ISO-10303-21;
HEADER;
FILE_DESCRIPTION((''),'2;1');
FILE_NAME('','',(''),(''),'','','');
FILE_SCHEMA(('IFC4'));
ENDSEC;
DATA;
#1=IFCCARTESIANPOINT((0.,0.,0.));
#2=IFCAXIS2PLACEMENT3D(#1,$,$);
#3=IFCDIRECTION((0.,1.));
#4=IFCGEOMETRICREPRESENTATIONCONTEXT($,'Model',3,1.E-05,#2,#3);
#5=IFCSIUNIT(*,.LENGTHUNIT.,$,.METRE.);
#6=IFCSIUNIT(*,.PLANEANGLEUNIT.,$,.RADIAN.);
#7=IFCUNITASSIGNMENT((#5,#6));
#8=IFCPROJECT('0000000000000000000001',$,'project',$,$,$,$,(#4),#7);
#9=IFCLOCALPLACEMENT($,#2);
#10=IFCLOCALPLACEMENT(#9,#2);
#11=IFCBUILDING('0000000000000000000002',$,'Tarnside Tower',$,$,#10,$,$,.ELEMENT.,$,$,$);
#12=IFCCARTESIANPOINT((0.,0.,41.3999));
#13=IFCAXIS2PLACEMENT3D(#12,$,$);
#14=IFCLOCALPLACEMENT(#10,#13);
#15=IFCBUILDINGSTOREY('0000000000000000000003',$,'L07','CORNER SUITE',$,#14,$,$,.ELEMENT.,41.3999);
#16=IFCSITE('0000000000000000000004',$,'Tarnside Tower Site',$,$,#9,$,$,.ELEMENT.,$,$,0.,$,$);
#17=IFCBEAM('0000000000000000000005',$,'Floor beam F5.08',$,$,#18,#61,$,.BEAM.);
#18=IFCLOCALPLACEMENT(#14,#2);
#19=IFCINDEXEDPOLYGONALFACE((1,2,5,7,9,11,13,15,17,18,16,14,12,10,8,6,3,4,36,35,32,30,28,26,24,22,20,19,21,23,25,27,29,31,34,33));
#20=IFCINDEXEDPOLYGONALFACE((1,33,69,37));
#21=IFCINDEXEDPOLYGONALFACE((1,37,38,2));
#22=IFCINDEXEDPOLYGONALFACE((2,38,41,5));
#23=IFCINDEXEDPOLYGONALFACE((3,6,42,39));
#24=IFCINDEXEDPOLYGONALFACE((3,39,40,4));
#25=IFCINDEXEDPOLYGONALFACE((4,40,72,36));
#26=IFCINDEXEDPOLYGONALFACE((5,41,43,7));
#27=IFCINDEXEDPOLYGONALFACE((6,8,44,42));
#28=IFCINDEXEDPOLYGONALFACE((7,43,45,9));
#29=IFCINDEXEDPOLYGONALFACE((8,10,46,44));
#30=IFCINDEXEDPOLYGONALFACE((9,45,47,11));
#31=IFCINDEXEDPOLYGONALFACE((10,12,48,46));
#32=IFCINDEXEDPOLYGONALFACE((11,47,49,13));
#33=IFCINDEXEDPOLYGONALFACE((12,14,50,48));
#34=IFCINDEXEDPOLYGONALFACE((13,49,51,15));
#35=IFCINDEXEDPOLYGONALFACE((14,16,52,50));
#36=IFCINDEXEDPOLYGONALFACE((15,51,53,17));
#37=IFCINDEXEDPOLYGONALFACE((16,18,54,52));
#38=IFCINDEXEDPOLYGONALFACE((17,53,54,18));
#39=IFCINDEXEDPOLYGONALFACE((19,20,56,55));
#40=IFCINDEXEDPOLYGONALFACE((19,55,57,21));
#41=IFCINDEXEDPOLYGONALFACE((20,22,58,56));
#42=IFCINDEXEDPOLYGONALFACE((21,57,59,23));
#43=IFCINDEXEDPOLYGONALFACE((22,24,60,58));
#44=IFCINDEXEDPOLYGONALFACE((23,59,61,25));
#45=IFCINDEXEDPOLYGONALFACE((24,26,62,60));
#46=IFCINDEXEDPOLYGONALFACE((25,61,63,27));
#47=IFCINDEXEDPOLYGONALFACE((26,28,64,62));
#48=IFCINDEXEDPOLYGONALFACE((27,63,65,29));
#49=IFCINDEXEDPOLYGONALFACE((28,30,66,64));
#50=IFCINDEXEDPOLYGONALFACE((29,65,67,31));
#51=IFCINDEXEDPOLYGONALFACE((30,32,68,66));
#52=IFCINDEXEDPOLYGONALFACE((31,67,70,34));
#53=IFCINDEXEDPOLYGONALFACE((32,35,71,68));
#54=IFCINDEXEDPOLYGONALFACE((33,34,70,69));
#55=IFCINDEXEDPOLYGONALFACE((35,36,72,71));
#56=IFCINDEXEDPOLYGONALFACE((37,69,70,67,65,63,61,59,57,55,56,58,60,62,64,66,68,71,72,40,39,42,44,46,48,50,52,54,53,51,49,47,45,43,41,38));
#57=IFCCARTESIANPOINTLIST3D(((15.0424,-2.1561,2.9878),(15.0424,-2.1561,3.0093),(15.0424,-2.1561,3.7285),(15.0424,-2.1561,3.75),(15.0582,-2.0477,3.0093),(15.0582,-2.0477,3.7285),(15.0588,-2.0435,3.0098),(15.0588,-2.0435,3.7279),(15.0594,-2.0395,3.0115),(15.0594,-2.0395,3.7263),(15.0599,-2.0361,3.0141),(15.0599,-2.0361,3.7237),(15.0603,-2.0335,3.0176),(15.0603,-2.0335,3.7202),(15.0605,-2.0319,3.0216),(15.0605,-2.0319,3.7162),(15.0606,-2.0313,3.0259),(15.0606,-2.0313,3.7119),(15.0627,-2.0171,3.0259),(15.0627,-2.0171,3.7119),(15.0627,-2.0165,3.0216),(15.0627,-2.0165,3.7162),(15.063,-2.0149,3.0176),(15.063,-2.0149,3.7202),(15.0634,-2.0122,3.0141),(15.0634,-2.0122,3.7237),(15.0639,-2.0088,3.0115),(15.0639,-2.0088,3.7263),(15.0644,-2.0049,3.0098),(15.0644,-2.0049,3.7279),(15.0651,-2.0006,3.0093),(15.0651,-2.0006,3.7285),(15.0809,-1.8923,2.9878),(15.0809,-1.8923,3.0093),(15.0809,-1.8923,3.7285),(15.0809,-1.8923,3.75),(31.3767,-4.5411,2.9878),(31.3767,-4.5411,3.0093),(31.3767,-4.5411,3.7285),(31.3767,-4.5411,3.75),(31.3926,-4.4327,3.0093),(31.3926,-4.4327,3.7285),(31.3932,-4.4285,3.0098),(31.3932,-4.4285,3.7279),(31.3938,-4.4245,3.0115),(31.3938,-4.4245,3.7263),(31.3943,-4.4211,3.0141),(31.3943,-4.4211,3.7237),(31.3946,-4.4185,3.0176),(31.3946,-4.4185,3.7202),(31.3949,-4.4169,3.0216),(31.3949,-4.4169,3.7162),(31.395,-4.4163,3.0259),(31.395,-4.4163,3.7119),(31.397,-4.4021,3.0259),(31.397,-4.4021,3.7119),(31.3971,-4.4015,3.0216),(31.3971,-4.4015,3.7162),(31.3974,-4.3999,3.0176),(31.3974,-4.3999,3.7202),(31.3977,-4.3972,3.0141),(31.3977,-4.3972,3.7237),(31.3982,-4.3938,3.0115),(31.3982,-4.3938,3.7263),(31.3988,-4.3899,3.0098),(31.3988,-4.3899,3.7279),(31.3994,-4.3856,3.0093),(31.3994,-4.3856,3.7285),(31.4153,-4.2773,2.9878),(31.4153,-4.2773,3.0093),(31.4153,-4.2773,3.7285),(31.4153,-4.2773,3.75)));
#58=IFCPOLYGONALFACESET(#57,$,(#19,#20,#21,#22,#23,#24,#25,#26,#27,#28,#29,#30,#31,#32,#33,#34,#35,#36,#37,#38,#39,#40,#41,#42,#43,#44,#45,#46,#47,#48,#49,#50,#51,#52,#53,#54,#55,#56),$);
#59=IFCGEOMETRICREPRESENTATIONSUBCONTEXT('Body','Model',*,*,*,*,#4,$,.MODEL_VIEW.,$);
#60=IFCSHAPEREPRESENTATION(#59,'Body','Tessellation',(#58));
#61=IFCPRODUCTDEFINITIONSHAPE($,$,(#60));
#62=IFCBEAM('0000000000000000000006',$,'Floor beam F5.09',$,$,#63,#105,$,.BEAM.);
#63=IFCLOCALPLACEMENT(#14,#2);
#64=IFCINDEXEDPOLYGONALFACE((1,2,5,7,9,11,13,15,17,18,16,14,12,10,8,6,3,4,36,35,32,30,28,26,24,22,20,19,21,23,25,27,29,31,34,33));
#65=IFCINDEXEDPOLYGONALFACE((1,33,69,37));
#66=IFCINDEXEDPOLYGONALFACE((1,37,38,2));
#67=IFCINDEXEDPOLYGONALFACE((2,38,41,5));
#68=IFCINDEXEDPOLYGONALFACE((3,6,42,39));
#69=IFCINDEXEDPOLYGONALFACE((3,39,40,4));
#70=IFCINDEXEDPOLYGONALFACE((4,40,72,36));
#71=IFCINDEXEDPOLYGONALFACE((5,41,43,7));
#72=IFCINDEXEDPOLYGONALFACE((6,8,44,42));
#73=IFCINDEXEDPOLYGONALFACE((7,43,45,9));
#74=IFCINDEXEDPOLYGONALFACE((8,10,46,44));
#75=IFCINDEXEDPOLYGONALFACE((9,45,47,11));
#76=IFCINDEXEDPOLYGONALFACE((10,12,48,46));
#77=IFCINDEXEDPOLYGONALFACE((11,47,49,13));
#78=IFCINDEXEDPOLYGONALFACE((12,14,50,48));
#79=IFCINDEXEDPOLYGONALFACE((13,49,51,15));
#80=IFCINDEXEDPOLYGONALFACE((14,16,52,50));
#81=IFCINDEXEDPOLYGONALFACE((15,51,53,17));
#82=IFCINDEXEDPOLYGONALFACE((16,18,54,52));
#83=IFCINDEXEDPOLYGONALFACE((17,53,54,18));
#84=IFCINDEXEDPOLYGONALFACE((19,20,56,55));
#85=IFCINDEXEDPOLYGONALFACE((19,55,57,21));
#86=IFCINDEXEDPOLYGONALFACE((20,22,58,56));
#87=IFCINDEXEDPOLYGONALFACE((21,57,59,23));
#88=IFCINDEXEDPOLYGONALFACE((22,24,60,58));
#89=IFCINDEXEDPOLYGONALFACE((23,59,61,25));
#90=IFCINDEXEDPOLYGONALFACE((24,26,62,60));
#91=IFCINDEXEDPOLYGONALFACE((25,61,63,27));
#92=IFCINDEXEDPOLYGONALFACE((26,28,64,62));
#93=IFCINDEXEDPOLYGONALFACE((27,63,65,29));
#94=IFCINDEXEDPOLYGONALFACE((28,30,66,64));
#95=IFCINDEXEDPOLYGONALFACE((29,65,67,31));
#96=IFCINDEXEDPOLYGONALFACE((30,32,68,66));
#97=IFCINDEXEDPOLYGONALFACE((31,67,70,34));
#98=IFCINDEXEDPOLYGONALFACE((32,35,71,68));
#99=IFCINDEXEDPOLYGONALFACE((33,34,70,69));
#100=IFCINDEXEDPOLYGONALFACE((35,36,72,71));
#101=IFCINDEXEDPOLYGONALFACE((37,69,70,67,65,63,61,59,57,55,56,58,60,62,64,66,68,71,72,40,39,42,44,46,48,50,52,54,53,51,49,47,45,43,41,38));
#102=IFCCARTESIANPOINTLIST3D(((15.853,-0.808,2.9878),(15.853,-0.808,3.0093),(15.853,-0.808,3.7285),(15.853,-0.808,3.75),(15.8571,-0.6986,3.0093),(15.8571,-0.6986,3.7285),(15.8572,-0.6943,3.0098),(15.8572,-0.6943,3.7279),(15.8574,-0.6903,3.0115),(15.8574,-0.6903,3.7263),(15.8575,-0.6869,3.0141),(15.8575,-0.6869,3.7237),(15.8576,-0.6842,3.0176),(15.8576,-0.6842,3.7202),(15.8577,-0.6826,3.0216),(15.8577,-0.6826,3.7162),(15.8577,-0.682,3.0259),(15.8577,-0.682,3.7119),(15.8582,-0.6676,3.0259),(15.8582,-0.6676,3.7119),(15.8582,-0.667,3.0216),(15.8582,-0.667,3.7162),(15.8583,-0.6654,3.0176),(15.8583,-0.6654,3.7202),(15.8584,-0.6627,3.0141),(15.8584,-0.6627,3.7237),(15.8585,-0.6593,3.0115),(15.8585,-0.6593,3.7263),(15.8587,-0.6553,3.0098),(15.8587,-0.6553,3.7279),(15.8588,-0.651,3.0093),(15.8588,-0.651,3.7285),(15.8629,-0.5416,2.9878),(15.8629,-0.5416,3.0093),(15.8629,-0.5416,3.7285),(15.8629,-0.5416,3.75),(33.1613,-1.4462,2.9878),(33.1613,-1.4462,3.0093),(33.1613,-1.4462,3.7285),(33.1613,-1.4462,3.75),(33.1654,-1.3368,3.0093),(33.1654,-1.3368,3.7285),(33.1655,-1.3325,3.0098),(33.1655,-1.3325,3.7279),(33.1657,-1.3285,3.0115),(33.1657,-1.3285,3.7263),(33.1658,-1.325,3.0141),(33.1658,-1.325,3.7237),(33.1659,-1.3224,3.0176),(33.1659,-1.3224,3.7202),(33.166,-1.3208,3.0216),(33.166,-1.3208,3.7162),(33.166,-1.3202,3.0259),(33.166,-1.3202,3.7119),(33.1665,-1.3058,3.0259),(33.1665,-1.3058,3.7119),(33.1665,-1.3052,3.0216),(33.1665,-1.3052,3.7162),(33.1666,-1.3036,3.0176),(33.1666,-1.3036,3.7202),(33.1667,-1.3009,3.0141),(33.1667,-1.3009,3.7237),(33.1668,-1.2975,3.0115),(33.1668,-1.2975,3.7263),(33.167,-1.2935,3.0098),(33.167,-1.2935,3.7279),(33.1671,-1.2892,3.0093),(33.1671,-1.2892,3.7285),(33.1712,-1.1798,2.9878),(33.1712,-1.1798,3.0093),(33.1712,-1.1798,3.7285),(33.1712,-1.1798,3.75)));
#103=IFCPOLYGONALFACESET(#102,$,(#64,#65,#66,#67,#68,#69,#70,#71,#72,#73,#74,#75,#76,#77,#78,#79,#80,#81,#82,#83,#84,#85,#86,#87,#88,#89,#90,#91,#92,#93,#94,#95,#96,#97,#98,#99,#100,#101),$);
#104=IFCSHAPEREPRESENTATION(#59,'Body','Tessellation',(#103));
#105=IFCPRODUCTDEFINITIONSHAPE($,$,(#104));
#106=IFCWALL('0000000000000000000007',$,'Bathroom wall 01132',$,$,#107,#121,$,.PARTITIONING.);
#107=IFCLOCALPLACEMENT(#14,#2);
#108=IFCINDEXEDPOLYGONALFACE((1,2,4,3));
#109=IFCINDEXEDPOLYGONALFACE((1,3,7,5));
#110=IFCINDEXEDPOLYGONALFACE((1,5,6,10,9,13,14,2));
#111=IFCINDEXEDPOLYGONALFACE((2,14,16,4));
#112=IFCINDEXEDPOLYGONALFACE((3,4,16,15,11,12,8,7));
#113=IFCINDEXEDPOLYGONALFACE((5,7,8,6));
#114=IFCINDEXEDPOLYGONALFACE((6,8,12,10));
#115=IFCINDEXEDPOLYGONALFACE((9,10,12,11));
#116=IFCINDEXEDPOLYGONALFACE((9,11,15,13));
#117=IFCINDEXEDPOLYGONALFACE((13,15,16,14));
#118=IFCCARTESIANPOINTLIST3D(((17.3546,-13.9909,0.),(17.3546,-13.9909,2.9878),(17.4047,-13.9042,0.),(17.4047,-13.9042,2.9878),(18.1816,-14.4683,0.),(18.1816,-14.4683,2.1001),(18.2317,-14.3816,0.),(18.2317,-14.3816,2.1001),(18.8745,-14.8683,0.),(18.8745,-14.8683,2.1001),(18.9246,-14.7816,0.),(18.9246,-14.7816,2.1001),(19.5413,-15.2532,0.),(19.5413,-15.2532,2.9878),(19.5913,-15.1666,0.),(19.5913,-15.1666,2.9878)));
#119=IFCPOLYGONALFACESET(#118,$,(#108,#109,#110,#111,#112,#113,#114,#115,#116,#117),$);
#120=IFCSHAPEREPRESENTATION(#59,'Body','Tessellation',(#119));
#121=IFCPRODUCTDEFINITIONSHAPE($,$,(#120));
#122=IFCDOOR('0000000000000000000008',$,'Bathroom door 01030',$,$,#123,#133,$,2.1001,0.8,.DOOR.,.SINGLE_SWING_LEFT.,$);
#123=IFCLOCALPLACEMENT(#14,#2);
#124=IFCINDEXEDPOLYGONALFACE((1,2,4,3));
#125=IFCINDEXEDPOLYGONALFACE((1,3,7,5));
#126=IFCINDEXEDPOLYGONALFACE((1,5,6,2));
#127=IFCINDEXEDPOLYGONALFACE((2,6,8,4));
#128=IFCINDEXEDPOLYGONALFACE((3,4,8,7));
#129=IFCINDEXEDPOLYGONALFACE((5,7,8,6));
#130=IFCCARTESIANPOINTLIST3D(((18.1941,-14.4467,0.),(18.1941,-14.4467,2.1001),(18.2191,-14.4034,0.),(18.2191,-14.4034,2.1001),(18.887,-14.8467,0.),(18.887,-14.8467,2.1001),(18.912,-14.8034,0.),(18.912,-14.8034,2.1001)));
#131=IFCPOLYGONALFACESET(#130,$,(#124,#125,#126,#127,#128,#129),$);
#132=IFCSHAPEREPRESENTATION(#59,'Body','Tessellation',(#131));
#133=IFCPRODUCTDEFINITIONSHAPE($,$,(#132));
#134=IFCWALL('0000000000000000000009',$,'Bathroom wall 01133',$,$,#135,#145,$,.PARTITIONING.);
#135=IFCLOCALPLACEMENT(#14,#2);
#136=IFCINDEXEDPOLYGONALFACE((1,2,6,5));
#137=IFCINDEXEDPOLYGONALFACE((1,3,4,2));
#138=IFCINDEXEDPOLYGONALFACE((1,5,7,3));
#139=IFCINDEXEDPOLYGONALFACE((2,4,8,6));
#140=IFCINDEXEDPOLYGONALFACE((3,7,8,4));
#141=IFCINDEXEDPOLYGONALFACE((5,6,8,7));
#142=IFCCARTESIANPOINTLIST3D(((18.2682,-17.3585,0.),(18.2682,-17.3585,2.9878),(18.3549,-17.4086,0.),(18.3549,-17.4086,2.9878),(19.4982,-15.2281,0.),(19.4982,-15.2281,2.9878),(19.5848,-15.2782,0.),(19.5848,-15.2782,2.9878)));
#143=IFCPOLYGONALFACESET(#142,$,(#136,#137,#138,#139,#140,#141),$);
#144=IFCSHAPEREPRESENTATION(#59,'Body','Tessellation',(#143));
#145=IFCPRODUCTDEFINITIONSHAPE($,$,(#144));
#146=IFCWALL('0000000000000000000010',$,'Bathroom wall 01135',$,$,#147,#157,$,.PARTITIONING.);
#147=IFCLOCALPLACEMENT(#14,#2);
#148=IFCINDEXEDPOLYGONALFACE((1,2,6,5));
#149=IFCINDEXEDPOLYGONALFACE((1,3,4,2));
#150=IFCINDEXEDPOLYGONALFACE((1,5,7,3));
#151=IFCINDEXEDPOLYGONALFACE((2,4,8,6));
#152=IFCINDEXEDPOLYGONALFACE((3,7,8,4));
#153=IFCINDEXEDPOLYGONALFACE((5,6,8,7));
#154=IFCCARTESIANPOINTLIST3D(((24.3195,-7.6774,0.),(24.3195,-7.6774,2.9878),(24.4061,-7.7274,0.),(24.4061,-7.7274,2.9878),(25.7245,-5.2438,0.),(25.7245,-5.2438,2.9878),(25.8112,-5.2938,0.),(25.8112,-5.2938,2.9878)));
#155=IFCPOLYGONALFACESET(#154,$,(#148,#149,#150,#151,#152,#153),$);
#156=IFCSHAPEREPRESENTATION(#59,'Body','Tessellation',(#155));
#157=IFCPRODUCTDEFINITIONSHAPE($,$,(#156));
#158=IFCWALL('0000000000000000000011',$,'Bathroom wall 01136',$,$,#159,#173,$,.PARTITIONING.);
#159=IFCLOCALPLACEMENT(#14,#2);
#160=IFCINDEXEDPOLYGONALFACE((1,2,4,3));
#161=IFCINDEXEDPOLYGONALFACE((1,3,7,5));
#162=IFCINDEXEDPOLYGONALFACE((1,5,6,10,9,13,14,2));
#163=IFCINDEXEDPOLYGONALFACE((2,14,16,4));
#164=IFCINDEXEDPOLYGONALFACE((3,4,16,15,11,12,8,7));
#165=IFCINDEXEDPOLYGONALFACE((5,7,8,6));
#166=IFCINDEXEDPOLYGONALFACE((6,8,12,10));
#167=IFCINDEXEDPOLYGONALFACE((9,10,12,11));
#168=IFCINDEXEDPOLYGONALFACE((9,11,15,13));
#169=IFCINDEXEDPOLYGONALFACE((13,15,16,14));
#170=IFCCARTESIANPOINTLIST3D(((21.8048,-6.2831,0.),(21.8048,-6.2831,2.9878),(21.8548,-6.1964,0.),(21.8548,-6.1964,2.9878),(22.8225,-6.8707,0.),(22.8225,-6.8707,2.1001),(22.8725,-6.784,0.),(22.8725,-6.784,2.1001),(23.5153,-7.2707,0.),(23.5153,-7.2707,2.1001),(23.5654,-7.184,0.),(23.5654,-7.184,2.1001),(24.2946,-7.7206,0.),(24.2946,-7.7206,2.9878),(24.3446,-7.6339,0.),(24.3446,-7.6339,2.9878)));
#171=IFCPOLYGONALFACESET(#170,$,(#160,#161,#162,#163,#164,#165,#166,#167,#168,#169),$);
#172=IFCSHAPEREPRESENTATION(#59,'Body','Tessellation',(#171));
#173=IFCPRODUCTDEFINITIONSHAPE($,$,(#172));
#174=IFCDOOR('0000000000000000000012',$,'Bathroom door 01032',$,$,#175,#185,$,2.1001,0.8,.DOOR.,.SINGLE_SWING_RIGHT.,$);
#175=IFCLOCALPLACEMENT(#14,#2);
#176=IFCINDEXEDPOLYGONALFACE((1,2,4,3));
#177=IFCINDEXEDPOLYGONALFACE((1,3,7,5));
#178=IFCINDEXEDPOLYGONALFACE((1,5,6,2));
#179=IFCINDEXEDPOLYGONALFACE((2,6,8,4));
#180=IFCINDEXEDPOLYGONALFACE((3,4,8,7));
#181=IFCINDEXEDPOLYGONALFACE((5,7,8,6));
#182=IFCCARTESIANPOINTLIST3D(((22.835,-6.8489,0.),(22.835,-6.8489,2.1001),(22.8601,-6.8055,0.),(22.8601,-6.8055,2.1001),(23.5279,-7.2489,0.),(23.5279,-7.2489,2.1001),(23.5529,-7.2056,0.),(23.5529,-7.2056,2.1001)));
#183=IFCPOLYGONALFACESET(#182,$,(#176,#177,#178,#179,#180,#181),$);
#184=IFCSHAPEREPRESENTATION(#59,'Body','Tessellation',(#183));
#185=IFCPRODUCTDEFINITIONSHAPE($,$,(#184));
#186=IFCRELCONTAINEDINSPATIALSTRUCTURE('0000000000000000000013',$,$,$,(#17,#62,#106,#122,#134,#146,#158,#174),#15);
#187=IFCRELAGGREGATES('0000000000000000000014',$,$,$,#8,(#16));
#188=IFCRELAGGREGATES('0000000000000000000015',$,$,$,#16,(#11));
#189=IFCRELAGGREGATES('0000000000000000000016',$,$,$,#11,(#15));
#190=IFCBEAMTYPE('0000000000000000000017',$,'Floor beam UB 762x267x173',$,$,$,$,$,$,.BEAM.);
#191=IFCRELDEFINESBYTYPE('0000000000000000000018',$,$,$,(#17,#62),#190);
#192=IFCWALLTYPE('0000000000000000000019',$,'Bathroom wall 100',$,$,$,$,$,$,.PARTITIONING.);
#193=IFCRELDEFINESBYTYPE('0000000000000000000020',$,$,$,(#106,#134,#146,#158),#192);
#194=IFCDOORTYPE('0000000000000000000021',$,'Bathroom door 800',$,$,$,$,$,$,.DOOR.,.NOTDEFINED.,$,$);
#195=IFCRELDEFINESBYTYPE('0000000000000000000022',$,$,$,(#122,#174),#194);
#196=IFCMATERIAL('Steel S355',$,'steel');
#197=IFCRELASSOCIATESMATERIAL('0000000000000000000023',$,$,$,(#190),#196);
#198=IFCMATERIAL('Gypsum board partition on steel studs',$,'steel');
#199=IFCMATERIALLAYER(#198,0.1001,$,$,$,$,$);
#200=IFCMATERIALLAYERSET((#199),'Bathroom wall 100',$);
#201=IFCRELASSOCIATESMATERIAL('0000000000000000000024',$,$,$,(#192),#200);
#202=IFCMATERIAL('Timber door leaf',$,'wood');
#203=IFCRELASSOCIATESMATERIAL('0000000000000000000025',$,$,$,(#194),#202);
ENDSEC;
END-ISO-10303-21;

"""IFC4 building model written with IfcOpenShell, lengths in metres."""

from ifc_helpers import new_model, si_unit, direction, frame, frame_2d, origin, origin_2d, place, context, subcontext, project, spatial, rectangle, i_section, extrude, material, layer, layer_set, material_profile, profile_set, type_object, element, fill, save


model = new_model("IFC4")

# Units and contexts
model_context = context("Model", 3, precision=1e-05, world=origin(), true_north=direction((0.0, 1.0)))
body_context = subcontext(model_context, "Body", "Model", "MODEL_VIEW")
ifc_project = project(units=[si_unit("LENGTHUNIT", "METRE"), si_unit("PLANEANGLEUNIT", "RADIAN")], contexts=[model_context])

# Site, building, storey
site_placement = place(None, origin())
site = spatial("IfcSite", under=ifc_project, at=site_placement, Name="Tarnside Tower Site", CompositionType="ELEMENT", RefElevation=0.0)
building_placement = place(site_placement, origin())
building = spatial("IfcBuilding", under=site, at=building_placement, Name="Tarnside Tower", CompositionType="ELEMENT")
storey_placement = place(building_placement, frame((0.0, 0.0, 41.3999)))
storey = spatial("IfcBuildingStorey", under=building, at=storey_placement, Name="L07", Description="CORNER SUITE", CompositionType="ELEMENT", Elevation=41.3999)

# Beams
ifc_material_1 = material(Name="Steel S355", Category="steel")
ifc_material_profile_1 = material_profile(ifc_material_1, i_section(OverallWidth=0.2666, OverallDepth=0.7622, WebThickness=0.0144, FlangeThickness=0.0215, FilletRadius=0.0166, at=origin_2d()), Name="UB 762x267x173")
ifc_profile_set_1 = profile_set([ifc_material_profile_1], Name="Steel S355")
beam_type_1 = type_object("IfcBeamType", Name="Floor beam UB 762x267x173", PredefinedType="BEAM", material=ifc_profile_set_1)
beam_1_placement = place(storey_placement, frame((31.396, -4.4092, 3.3689), z_axis=(-0.989508, 0.144479, 0.0), x_axis=(-0.144479, -0.989508, 0.0)))
element("IfcBeam", 1, at=beam_1_placement, inside=storey, type_object=beam_type_1, Name="Floor beam F5.08", PredefinedType="BEAM", context=body_context, shape_type="SweptSolid", body=[
    extrude(i_section(OverallWidth=0.2666, OverallDepth=0.7622, WebThickness=0.0144, FlangeThickness=0.0215, FilletRadius=0.0166, at=origin_2d()), origin(), (0.0, 0.0, 1.0), 16.5076),
])
beam_2_placement = place(storey_placement, frame((33.1663, -1.313, 3.3689), z_axis=(-0.999321, 0.036846, 0.0), x_axis=(-0.036846, -0.999321, 0.0)))
element("IfcBeam", 2, at=beam_2_placement, inside=storey, type_object=beam_type_1, Name="Floor beam F5.09", PredefinedType="BEAM", context=body_context, shape_type="SweptSolid", body=[
    extrude(i_section(OverallWidth=0.2666, OverallDepth=0.7622, WebThickness=0.0144, FlangeThickness=0.0215, FilletRadius=0.0166, at=origin_2d()), origin(), (0.0, 0.0, 1.0), 17.3201),
])

# Wall, opening, door
ifc_material_2 = material(Name="Gypsum board partition on steel studs", Category="steel")
ifc_layer_1 = layer(ifc_material_2, 0.1001)
ifc_layer_set_1 = layer_set([ifc_layer_1], Name="Bathroom wall 100")
wall_type_1 = type_object("IfcWallType", Name="Bathroom wall 100", PredefinedType="PARTITIONING", material=ifc_layer_set_1)
wall_1_placement = place(storey_placement, frame((17.3796, -13.9475, 0.0), z_axis=(0.0, 0.0, 1.0), x_axis=(0.866039, -0.499976, 0.0)))
wall_1 = element("IfcWall", 3, at=wall_1_placement, inside=storey, type_object=wall_type_1, Name="Bathroom wall 01132", PredefinedType="PARTITIONING", context=body_context, shape_type="SweptSolid", body=[
    extrude(rectangle(XDim=2.5249, YDim=0.1001, at=frame_2d((1.2625, 0.0))), origin(), (0.0, 0.0, 1.0), 2.9878),
])
opening_1_placement = place(wall_1_placement, frame((0.9551, 0.0, 0.0)))
opening_1 = element("IfcOpeningElement", 4, at=opening_1_placement, cuts=wall_1, PredefinedType="OPENING", context=body_context, shape_type="SweptSolid", body=[
    extrude(rectangle(XDim=0.8, YDim=2.1001, at=frame_2d((0.3999, 1.05))), frame((0.0, 0.0601, 0.0), z_axis=(0.0, -1.0, 0.0), x_axis=(1.0, 0.0, 0.0)), (0.0, 0.0, 1.0), 0.1201),
])
ifc_material_3 = material(Name="Timber door leaf", Category="wood")
door_type_1 = type_object("IfcDoorType", Name="Bathroom door 800", OperationType="NOTDEFINED", PredefinedType="DOOR", material=ifc_material_3)
door_1_placement = place(opening_1_placement, origin())
door_1 = element("IfcDoor", 5, at=door_1_placement, inside=storey, type_object=door_type_1, Name="Bathroom door 01030", OperationType="SINGLE_SWING_LEFT", OverallHeight=2.1001, OverallWidth=0.8, PredefinedType="DOOR", context=body_context, shape_type="SweptSolid", body=[
    extrude(rectangle(XDim=0.8, YDim=2.1001, at=frame_2d((0.3999, 1.05))), frame((0.0, 0.0249, 0.0), z_axis=(0.0, -1.0, 0.0), x_axis=(1.0, 0.0, 0.0)), (0.0, 0.0, 1.0), 0.05),
])
fill(opening_1, door_1)

# Walls
wall_2_placement = place(storey_placement, frame((19.5415, -15.2532, 0.0), z_axis=(0.0, 0.0, 1.0), x_axis=(-0.500003, -0.866024, 0.0)))
element("IfcWall", 6, at=wall_2_placement, inside=storey, type_object=wall_type_1, Name="Bathroom wall 01133", PredefinedType="PARTITIONING", context=body_context, shape_type="SweptSolid", body=[
    extrude(rectangle(XDim=2.46, YDim=0.1001, at=frame_2d((1.23, 0.0))), origin(), (0.0, 0.0, 1.0), 2.9878),
])
wall_3_placement = place(storey_placement, frame((25.7678, -5.2688, 0.0), z_axis=(0.0, 0.0, 1.0), x_axis=(-0.499998, -0.866026, 0.0)))
element("IfcWall", 7, at=wall_3_placement, inside=storey, type_object=wall_type_1, Name="Bathroom wall 01135", PredefinedType="PARTITIONING", context=body_context, shape_type="SweptSolid", body=[
    extrude(rectangle(XDim=2.8101, YDim=0.1001, at=frame_2d((1.405, 0.0))), origin(), (0.0, 0.0, 1.0), 2.9878),
])

# Wall, opening, door
wall_4_placement = place(storey_placement, frame((24.3196, -7.6772, 0.0), z_axis=(0.0, 0.0, 1.0), x_axis=(-0.866019, 0.500012, 0.0)))
wall_4 = element("IfcWall", 8, at=wall_4_placement, inside=storey, type_object=wall_type_1, Name="Bathroom wall 01136", PredefinedType="PARTITIONING", context=body_context, shape_type="SweptSolid", body=[
    extrude(rectangle(XDim=2.875, YDim=0.1001, at=frame_2d((1.4375, 0.0))), origin(), (0.0, 0.0, 1.0), 2.9878),
])
opening_2_placement = place(wall_4_placement, frame((0.8999, 0.0, 0.0)))
opening_2 = element("IfcOpeningElement", 9, at=opening_2_placement, cuts=wall_4, PredefinedType="OPENING", context=body_context, shape_type="SweptSolid", body=[
    extrude(rectangle(XDim=0.8, YDim=2.1001, at=frame_2d((0.3999, 1.05))), frame((0.0, 0.0601, 0.0), z_axis=(0.0, -1.0, 0.0), x_axis=(1.0, 0.0, 0.0)), (0.0, 0.0, 1.0), 0.1201),
])
door_2_placement = place(opening_2_placement, origin())
door_2 = element("IfcDoor", 10, at=door_2_placement, inside=storey, type_object=door_type_1, Name="Bathroom door 01032", OperationType="SINGLE_SWING_RIGHT", OverallHeight=2.1001, OverallWidth=0.8, PredefinedType="DOOR", context=body_context, shape_type="SweptSolid", body=[
    extrude(rectangle(XDim=0.8, YDim=2.1001, at=frame_2d((0.3999, 1.05))), frame((0.0, 0.0249, 0.0), z_axis=(0.0, -1.0, 0.0), x_axis=(1.0, 0.0, 0.0)), (0.0, 0.0, 1.0), 0.05),
])
fill(opening_2, door_2)

save(model, "model.ifc")
